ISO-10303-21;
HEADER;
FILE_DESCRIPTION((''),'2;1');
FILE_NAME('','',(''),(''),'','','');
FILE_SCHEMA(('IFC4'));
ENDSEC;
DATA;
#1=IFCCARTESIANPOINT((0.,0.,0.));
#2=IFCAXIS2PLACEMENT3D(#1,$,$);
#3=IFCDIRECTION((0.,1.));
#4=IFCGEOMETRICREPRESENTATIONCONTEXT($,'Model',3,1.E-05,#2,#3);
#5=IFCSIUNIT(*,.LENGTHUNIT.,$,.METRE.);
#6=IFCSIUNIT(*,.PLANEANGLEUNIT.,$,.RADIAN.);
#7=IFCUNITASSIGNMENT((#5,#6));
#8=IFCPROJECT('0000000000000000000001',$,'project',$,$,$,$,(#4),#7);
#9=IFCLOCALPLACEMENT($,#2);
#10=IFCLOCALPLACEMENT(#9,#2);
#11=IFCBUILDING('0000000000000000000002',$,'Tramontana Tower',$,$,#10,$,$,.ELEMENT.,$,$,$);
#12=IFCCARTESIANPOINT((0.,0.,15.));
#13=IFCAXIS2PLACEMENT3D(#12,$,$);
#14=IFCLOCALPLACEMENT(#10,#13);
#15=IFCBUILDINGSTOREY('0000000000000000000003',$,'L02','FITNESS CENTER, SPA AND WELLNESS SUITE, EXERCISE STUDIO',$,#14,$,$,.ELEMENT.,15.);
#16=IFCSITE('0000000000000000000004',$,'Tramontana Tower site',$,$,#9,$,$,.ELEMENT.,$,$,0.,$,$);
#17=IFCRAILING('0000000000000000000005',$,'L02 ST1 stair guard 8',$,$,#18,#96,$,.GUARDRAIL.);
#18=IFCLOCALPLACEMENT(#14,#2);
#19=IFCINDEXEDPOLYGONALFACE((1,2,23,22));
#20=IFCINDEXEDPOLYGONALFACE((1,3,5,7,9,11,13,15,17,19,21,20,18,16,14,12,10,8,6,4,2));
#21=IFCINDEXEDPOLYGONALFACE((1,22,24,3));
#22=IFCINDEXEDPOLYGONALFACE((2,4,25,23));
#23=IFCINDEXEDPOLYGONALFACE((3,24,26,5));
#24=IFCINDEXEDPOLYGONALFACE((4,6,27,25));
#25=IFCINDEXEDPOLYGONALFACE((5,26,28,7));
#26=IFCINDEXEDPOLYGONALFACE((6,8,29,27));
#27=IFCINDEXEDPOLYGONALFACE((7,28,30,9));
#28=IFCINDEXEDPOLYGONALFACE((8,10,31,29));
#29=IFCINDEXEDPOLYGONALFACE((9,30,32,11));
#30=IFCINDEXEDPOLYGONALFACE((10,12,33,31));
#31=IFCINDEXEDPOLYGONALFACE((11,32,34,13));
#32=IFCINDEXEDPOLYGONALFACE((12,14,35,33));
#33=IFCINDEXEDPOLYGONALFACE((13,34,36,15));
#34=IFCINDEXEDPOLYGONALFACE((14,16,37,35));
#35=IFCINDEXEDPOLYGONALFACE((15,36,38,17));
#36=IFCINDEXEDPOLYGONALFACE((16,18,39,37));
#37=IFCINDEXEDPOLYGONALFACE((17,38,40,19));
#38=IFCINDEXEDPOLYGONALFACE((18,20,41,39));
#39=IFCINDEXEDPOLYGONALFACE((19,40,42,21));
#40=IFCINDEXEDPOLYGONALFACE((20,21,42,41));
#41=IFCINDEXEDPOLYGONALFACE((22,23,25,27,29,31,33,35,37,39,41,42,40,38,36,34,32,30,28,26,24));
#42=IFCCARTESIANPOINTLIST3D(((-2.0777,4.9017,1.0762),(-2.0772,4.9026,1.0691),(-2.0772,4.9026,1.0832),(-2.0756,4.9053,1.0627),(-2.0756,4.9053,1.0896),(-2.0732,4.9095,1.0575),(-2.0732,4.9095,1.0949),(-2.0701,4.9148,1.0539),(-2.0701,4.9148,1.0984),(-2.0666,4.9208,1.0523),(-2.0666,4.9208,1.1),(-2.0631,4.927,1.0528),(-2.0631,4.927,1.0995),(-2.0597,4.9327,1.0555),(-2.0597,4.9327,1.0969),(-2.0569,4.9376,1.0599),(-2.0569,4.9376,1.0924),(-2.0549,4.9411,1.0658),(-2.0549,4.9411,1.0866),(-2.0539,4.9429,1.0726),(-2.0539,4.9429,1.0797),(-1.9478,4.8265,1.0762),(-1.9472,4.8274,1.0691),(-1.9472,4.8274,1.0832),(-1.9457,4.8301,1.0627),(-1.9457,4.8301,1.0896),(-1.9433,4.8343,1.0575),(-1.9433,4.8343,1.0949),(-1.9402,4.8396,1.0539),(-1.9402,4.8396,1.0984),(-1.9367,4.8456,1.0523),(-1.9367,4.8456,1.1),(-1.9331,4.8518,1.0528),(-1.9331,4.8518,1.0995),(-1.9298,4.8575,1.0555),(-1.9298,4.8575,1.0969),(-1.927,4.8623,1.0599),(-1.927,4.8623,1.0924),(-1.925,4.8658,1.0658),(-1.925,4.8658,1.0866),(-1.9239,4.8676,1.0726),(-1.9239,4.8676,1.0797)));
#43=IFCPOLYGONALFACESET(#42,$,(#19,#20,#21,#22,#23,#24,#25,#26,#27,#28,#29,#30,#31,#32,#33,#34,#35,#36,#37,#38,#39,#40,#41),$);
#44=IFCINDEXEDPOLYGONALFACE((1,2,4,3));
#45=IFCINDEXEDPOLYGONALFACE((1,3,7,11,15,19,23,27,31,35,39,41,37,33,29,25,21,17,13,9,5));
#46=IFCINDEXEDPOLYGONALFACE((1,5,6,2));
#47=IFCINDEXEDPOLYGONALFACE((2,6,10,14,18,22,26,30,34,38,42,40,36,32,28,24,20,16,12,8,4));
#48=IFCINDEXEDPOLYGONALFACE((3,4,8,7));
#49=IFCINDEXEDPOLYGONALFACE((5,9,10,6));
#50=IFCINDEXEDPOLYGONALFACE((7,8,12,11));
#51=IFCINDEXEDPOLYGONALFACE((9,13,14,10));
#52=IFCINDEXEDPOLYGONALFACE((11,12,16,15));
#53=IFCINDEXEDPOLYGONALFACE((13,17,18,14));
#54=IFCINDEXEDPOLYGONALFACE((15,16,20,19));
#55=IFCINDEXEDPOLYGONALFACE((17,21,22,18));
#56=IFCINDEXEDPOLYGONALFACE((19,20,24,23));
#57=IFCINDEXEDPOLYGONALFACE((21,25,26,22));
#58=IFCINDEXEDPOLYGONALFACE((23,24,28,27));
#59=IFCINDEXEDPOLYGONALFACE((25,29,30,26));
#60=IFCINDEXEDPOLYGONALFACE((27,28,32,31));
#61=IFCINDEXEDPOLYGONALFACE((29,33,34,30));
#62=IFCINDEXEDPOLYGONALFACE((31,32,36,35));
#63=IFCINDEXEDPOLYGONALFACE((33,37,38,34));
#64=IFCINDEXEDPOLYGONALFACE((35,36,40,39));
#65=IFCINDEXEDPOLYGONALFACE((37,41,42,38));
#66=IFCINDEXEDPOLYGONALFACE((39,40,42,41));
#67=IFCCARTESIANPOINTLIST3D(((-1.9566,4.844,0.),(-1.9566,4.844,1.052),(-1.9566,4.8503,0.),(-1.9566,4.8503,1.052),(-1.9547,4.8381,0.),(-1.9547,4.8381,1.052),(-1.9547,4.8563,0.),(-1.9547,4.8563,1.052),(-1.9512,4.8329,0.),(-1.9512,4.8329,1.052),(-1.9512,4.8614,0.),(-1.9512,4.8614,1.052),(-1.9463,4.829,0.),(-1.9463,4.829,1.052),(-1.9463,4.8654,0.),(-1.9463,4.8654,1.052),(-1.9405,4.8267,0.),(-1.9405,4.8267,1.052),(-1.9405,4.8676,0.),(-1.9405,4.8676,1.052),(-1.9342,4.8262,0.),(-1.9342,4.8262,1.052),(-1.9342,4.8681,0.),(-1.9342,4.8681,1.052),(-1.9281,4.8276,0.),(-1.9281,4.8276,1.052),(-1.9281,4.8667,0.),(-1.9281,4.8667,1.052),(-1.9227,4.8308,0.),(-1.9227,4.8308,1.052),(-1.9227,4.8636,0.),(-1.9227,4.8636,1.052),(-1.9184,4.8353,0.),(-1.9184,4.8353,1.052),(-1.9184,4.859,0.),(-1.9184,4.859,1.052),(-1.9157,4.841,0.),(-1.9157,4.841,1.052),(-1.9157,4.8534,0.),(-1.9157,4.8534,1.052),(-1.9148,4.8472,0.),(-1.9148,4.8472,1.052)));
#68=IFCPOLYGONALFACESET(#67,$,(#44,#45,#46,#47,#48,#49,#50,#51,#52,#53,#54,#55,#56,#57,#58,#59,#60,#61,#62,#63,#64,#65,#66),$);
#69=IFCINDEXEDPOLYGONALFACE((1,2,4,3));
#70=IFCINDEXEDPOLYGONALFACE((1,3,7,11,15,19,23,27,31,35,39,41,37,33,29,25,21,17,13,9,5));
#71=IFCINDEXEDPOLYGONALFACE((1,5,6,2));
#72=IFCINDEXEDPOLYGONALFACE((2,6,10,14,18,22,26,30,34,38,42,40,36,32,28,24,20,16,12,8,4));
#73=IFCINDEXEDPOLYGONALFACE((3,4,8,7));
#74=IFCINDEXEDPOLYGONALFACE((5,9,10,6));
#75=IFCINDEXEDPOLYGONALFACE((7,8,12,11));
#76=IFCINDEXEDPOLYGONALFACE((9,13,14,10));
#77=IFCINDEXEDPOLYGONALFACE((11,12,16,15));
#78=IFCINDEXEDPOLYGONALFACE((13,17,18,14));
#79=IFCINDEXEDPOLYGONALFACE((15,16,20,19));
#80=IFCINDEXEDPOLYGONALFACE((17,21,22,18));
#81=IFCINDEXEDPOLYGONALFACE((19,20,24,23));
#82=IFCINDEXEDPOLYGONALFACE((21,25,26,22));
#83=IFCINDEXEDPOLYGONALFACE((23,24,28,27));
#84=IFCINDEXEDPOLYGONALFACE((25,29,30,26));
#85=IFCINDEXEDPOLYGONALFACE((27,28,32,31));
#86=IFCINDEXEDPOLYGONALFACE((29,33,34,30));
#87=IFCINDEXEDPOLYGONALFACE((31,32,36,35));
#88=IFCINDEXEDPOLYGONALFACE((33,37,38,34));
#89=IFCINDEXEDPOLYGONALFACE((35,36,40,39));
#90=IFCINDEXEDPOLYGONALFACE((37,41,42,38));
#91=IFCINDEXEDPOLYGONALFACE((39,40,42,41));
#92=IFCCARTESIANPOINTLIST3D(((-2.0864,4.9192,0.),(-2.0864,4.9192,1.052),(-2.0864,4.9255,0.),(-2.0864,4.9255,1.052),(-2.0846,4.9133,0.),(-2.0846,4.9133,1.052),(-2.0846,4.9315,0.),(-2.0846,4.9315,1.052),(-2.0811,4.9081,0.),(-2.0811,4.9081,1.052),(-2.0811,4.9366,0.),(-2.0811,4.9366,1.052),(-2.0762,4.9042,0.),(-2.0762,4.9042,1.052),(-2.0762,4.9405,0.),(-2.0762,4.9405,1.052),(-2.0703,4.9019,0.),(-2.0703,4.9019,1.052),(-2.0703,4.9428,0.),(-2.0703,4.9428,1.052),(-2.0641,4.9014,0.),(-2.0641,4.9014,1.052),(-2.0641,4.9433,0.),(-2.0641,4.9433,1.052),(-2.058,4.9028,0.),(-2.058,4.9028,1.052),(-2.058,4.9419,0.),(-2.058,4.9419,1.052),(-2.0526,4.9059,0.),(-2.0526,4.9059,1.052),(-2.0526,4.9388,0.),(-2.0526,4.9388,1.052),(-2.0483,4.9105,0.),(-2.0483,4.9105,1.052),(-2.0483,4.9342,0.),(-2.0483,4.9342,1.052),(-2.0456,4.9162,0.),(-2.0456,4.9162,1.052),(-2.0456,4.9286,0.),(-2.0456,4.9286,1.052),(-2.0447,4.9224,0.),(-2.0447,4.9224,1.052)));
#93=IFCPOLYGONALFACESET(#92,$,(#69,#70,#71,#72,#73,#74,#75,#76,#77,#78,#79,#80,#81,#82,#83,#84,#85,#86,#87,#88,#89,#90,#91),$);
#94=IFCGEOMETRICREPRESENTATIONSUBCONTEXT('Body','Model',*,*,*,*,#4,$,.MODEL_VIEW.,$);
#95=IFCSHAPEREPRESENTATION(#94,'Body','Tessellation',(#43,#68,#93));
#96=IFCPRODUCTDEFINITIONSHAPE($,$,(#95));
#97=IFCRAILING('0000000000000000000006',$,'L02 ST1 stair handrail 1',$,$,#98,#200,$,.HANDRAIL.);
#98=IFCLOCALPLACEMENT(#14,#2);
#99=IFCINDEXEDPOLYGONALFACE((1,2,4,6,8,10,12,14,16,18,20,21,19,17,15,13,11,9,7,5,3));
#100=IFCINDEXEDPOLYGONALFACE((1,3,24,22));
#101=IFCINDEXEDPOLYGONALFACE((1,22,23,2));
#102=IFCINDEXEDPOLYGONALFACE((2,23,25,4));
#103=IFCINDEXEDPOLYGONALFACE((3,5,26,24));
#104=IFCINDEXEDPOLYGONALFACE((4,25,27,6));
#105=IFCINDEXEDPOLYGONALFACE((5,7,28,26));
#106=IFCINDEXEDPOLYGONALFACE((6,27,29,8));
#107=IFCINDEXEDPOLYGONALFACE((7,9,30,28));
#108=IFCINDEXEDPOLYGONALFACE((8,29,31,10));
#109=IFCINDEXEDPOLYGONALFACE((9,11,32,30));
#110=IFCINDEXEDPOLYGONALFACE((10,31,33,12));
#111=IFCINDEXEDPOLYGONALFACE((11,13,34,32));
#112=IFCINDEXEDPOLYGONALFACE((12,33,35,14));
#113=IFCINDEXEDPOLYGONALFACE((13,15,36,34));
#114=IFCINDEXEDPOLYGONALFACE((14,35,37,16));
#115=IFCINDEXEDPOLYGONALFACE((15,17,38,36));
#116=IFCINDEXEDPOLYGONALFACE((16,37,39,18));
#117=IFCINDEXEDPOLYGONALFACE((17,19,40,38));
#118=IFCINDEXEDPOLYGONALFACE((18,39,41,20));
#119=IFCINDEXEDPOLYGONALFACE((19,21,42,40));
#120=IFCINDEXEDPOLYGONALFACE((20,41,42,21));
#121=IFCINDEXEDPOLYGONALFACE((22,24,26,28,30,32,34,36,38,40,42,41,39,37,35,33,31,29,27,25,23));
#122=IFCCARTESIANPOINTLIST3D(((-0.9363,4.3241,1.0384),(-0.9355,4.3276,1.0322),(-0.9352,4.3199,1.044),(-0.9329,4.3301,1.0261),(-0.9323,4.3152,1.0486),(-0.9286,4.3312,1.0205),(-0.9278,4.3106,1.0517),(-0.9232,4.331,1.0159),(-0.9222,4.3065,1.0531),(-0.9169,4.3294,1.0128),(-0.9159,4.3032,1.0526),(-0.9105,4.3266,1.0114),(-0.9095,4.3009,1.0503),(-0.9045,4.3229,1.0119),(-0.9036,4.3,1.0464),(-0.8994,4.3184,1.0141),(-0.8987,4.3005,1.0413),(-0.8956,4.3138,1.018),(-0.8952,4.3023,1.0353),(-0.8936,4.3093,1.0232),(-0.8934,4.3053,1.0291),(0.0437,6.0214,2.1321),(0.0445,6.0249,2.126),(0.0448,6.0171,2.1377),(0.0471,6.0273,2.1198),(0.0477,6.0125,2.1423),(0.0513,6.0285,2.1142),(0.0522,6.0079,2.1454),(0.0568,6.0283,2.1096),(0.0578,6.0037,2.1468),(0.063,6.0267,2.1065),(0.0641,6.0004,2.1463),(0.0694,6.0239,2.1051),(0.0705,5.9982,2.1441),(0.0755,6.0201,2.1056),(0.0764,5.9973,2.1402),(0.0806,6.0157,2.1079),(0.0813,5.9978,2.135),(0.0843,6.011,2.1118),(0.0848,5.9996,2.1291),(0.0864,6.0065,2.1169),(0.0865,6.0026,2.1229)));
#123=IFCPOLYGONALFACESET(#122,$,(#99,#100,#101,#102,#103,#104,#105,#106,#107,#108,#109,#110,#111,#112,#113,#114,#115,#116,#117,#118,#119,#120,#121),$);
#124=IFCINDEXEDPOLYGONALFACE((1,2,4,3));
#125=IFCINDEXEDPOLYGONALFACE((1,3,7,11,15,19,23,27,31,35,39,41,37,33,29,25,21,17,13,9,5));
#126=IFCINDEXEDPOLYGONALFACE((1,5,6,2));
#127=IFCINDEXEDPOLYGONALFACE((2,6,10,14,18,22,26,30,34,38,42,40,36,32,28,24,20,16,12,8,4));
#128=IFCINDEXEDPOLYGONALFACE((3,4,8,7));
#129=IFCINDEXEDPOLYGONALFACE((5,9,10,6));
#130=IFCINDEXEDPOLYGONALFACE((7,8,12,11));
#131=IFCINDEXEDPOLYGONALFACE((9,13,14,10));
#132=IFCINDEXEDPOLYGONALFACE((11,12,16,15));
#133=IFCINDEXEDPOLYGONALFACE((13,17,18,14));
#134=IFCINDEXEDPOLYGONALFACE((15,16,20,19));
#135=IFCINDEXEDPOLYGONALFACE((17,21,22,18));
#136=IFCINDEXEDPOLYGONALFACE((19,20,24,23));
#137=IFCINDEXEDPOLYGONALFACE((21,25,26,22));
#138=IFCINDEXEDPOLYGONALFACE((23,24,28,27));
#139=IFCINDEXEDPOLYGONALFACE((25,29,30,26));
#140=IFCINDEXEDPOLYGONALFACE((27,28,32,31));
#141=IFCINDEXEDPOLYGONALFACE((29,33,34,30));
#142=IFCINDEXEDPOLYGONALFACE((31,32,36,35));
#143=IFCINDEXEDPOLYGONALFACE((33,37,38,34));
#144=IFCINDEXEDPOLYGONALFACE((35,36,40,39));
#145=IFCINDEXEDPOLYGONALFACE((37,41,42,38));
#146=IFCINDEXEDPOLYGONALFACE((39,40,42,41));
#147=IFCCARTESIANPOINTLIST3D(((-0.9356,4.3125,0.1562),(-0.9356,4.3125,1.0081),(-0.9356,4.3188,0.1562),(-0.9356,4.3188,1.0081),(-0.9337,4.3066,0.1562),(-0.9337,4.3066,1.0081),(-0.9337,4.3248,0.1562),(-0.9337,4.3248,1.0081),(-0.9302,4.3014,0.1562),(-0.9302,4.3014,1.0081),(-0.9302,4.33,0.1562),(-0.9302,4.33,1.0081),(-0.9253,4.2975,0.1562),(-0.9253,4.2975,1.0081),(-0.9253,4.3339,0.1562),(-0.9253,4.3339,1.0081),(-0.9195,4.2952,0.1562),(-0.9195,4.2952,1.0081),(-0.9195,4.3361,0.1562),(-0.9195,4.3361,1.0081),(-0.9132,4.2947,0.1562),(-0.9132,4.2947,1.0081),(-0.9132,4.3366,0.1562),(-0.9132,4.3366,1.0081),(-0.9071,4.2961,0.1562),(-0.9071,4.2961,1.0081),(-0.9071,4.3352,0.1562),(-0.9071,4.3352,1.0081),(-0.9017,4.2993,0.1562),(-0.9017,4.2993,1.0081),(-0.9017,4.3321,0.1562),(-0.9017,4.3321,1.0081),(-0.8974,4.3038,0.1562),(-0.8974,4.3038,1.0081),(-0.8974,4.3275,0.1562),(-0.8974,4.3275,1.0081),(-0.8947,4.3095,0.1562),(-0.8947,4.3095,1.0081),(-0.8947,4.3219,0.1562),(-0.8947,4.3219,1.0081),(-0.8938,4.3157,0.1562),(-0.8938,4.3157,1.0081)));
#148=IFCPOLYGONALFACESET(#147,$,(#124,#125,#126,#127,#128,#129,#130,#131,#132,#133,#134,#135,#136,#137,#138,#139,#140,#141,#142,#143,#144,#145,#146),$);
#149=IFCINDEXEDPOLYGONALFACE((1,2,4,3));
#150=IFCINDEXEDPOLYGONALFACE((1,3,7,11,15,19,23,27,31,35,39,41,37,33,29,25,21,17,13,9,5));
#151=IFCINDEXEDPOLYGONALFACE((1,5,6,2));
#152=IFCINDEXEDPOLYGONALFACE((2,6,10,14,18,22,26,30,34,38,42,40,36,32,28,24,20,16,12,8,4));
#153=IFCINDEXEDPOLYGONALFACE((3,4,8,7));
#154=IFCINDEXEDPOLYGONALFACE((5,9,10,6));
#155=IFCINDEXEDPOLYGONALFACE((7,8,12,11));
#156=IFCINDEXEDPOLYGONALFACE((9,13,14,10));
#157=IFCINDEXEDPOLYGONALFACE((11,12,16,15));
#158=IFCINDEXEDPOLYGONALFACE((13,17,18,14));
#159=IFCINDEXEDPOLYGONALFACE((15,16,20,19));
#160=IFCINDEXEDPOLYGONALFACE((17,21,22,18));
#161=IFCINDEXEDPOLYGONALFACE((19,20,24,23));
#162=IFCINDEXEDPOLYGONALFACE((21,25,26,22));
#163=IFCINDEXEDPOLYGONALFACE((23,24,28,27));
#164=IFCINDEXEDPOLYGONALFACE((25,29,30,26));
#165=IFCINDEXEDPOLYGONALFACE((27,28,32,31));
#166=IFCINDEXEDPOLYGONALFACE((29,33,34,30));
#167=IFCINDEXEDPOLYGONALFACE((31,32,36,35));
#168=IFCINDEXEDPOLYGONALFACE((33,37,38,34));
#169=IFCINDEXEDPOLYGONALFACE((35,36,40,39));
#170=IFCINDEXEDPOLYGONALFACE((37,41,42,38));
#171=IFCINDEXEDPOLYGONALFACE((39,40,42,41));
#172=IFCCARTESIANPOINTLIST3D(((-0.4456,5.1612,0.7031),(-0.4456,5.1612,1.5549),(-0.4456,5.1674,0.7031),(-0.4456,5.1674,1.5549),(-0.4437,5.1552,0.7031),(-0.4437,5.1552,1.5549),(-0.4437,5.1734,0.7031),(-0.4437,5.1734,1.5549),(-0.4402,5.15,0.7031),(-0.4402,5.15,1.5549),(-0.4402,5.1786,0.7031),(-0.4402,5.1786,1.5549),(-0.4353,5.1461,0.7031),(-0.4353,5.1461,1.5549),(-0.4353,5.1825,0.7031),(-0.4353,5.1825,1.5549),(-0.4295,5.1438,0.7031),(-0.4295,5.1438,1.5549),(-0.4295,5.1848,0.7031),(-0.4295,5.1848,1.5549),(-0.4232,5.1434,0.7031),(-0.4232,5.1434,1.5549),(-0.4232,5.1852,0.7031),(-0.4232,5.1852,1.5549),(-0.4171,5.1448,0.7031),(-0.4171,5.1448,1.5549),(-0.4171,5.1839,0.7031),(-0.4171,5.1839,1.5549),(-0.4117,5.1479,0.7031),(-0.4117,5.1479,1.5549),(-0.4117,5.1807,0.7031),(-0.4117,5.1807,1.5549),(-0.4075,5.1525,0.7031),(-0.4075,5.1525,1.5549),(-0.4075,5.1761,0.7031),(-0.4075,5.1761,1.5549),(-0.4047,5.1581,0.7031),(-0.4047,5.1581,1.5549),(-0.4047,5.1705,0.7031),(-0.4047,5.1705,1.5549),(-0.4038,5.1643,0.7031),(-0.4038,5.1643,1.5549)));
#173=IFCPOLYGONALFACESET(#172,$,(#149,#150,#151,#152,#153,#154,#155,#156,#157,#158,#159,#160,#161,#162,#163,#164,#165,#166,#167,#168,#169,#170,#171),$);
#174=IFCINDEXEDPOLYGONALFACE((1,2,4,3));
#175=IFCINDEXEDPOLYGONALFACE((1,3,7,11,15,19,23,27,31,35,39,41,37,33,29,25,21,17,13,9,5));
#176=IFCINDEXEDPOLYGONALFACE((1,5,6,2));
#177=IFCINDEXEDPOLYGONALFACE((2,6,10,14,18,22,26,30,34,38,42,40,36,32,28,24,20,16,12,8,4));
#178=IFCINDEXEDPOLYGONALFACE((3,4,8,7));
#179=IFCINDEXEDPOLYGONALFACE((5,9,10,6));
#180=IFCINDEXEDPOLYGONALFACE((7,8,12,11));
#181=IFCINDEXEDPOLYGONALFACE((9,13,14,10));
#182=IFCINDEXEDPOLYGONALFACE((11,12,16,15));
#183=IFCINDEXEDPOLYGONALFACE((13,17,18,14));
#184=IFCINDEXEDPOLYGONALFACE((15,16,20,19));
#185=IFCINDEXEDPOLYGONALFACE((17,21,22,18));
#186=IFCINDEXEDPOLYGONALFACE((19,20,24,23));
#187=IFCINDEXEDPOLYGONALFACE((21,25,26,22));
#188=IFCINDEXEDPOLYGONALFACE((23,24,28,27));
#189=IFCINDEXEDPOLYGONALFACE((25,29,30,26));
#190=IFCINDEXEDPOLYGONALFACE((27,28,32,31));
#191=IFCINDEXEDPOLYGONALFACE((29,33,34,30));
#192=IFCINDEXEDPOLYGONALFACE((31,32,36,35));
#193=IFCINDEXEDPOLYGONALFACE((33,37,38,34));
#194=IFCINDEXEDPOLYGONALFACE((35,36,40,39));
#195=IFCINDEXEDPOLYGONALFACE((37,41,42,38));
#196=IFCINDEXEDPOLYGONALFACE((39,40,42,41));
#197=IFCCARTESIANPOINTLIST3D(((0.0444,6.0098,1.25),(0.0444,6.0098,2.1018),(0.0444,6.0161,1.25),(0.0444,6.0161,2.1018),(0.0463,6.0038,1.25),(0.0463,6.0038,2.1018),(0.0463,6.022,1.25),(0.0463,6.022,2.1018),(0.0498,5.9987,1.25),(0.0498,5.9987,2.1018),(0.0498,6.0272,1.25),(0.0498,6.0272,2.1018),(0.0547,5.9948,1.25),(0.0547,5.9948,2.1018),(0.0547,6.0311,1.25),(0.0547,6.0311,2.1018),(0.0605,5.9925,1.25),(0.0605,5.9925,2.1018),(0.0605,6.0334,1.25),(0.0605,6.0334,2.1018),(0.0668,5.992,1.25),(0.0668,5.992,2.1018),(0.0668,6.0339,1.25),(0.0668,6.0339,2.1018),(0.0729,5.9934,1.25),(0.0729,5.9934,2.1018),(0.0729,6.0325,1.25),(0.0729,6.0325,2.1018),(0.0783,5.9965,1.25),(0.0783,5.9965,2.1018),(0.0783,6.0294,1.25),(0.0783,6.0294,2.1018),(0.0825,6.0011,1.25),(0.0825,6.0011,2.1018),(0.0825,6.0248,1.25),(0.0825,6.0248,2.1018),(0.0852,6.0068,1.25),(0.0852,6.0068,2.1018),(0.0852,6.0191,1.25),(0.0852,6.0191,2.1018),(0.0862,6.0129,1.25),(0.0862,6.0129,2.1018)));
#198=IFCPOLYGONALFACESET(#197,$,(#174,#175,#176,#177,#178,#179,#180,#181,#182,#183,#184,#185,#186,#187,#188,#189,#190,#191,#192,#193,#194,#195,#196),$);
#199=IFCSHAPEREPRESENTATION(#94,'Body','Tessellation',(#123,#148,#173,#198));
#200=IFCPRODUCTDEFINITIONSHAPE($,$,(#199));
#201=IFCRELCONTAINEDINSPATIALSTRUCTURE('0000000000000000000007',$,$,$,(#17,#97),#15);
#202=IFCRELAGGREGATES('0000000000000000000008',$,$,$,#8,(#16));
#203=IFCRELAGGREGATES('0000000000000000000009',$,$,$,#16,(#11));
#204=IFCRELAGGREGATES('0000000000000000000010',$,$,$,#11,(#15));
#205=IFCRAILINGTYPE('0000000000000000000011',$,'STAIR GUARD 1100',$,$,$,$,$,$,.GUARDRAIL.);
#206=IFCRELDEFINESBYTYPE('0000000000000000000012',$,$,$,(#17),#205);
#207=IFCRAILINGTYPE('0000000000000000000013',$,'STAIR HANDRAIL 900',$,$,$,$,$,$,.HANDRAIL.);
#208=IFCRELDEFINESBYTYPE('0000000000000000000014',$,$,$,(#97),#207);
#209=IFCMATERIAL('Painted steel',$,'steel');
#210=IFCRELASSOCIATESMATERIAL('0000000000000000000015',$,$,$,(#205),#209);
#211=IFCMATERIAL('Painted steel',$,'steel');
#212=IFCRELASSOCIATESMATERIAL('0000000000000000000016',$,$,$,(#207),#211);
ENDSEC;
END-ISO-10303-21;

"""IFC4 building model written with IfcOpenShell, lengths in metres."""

from ifc_helpers import new_model, si_unit, direction, frame, origin, origin_2d, place, context, subcontext, project, spatial, circle, extrude, material, type_object, element, save


model = new_model("IFC4")

# Units and contexts
model_context = context("Model", 3, precision=1e-05, world=origin(), true_north=direction((0.0, 1.0)))
body_context = subcontext(model_context, "Body", "Model", "MODEL_VIEW")
ifc_project = project(units=[si_unit("LENGTHUNIT", "METRE"), si_unit("PLANEANGLEUNIT", "RADIAN")], contexts=[model_context])

# Site, building, storey
site_placement = place(None, origin())
site = spatial("IfcSite", under=ifc_project, at=site_placement, Name="Tramontana Tower site", CompositionType="ELEMENT", RefElevation=0.0)
building_placement = place(site_placement, origin())
building = spatial("IfcBuilding", under=site, at=building_placement, Name="Tramontana Tower", CompositionType="ELEMENT")
storey_placement = place(building_placement, frame((0.0, 0.0, 15.0)))
storey = spatial("IfcBuildingStorey", under=building, at=storey_placement, Name="L02", Description="FITNESS CENTER, SPA AND WELLNESS SUITE, EXERCISE STUDIO", CompositionType="ELEMENT", Elevation=15.0)

# Railings
ifc_material_1 = material(Name="Painted steel", Category="steel")
railing_type_1 = type_object("IfcRailingType", Name="STAIR GUARD 1100", PredefinedType="GUARDRAIL", material=ifc_material_1)
railing_1_placement = place(storey_placement, frame((-1.9358, 4.8472, 0.0)))
element("IfcRailing", 1, at=railing_1_placement, inside=storey, type_object=railing_type_1, Name="L02 ST1 stair guard 8", PredefinedType="GUARDRAIL", context=body_context, shape_type="SweptSolid", body=[
    extrude(circle(Radius=0.0239, at=origin_2d()), frame((0.0, 0.0, 1.0762), z_axis=(-0.865426, 0.501036, 0.0), x_axis=(-0.501036, -0.865426, 0.0)), (0.0, 0.0, 1.0), 0.1501),
    extrude(circle(Radius=0.021, at=origin_2d()), origin(), (0.0, 0.0, 1.0), 1.052),
    extrude(circle(Radius=0.021, at=origin_2d()), frame((-0.1299, 0.0752, 0.0)), (0.0, 0.0, 1.0), 1.052),
])
ifc_material_2 = material(Name="Painted steel", Category="steel")
railing_type_2 = type_object("IfcRailingType", Name="STAIR HANDRAIL 900", PredefinedType="HANDRAIL", material=ifc_material_2)
railing_2_placement = place(storey_placement, frame((-0.9148, 4.3157, 0.1562)))
element("IfcRailing", 2, at=railing_2_placement, inside=storey, type_object=railing_type_2, Name="L02 ST1 stair handrail 1", PredefinedType="HANDRAIL", context=body_context, shape_type="SweptSolid", body=[
    extrude(circle(Radius=0.0239, at=origin_2d()), frame((0.0, 0.0, 0.876), z_axis=(0.436632, 0.75622, 0.487323), x_axis=(-0.866011, 0.500024, 0.0)), (0.0, 0.0, 1.0), 2.2444),
    extrude(circle(Radius=0.021, at=origin_2d()), origin(), (0.0, 0.0, 1.0), 0.8518),
    extrude(circle(Radius=0.021, at=origin_2d()), frame((0.49, 0.8486, 0.5469)), (0.0, 0.0, 1.0), 0.8518),
    extrude(circle(Radius=0.021, at=origin_2d()), frame((0.98, 1.6973, 1.0938)), (0.0, 0.0, 1.0), 0.8518),
])

save(model, "model.ifc")
